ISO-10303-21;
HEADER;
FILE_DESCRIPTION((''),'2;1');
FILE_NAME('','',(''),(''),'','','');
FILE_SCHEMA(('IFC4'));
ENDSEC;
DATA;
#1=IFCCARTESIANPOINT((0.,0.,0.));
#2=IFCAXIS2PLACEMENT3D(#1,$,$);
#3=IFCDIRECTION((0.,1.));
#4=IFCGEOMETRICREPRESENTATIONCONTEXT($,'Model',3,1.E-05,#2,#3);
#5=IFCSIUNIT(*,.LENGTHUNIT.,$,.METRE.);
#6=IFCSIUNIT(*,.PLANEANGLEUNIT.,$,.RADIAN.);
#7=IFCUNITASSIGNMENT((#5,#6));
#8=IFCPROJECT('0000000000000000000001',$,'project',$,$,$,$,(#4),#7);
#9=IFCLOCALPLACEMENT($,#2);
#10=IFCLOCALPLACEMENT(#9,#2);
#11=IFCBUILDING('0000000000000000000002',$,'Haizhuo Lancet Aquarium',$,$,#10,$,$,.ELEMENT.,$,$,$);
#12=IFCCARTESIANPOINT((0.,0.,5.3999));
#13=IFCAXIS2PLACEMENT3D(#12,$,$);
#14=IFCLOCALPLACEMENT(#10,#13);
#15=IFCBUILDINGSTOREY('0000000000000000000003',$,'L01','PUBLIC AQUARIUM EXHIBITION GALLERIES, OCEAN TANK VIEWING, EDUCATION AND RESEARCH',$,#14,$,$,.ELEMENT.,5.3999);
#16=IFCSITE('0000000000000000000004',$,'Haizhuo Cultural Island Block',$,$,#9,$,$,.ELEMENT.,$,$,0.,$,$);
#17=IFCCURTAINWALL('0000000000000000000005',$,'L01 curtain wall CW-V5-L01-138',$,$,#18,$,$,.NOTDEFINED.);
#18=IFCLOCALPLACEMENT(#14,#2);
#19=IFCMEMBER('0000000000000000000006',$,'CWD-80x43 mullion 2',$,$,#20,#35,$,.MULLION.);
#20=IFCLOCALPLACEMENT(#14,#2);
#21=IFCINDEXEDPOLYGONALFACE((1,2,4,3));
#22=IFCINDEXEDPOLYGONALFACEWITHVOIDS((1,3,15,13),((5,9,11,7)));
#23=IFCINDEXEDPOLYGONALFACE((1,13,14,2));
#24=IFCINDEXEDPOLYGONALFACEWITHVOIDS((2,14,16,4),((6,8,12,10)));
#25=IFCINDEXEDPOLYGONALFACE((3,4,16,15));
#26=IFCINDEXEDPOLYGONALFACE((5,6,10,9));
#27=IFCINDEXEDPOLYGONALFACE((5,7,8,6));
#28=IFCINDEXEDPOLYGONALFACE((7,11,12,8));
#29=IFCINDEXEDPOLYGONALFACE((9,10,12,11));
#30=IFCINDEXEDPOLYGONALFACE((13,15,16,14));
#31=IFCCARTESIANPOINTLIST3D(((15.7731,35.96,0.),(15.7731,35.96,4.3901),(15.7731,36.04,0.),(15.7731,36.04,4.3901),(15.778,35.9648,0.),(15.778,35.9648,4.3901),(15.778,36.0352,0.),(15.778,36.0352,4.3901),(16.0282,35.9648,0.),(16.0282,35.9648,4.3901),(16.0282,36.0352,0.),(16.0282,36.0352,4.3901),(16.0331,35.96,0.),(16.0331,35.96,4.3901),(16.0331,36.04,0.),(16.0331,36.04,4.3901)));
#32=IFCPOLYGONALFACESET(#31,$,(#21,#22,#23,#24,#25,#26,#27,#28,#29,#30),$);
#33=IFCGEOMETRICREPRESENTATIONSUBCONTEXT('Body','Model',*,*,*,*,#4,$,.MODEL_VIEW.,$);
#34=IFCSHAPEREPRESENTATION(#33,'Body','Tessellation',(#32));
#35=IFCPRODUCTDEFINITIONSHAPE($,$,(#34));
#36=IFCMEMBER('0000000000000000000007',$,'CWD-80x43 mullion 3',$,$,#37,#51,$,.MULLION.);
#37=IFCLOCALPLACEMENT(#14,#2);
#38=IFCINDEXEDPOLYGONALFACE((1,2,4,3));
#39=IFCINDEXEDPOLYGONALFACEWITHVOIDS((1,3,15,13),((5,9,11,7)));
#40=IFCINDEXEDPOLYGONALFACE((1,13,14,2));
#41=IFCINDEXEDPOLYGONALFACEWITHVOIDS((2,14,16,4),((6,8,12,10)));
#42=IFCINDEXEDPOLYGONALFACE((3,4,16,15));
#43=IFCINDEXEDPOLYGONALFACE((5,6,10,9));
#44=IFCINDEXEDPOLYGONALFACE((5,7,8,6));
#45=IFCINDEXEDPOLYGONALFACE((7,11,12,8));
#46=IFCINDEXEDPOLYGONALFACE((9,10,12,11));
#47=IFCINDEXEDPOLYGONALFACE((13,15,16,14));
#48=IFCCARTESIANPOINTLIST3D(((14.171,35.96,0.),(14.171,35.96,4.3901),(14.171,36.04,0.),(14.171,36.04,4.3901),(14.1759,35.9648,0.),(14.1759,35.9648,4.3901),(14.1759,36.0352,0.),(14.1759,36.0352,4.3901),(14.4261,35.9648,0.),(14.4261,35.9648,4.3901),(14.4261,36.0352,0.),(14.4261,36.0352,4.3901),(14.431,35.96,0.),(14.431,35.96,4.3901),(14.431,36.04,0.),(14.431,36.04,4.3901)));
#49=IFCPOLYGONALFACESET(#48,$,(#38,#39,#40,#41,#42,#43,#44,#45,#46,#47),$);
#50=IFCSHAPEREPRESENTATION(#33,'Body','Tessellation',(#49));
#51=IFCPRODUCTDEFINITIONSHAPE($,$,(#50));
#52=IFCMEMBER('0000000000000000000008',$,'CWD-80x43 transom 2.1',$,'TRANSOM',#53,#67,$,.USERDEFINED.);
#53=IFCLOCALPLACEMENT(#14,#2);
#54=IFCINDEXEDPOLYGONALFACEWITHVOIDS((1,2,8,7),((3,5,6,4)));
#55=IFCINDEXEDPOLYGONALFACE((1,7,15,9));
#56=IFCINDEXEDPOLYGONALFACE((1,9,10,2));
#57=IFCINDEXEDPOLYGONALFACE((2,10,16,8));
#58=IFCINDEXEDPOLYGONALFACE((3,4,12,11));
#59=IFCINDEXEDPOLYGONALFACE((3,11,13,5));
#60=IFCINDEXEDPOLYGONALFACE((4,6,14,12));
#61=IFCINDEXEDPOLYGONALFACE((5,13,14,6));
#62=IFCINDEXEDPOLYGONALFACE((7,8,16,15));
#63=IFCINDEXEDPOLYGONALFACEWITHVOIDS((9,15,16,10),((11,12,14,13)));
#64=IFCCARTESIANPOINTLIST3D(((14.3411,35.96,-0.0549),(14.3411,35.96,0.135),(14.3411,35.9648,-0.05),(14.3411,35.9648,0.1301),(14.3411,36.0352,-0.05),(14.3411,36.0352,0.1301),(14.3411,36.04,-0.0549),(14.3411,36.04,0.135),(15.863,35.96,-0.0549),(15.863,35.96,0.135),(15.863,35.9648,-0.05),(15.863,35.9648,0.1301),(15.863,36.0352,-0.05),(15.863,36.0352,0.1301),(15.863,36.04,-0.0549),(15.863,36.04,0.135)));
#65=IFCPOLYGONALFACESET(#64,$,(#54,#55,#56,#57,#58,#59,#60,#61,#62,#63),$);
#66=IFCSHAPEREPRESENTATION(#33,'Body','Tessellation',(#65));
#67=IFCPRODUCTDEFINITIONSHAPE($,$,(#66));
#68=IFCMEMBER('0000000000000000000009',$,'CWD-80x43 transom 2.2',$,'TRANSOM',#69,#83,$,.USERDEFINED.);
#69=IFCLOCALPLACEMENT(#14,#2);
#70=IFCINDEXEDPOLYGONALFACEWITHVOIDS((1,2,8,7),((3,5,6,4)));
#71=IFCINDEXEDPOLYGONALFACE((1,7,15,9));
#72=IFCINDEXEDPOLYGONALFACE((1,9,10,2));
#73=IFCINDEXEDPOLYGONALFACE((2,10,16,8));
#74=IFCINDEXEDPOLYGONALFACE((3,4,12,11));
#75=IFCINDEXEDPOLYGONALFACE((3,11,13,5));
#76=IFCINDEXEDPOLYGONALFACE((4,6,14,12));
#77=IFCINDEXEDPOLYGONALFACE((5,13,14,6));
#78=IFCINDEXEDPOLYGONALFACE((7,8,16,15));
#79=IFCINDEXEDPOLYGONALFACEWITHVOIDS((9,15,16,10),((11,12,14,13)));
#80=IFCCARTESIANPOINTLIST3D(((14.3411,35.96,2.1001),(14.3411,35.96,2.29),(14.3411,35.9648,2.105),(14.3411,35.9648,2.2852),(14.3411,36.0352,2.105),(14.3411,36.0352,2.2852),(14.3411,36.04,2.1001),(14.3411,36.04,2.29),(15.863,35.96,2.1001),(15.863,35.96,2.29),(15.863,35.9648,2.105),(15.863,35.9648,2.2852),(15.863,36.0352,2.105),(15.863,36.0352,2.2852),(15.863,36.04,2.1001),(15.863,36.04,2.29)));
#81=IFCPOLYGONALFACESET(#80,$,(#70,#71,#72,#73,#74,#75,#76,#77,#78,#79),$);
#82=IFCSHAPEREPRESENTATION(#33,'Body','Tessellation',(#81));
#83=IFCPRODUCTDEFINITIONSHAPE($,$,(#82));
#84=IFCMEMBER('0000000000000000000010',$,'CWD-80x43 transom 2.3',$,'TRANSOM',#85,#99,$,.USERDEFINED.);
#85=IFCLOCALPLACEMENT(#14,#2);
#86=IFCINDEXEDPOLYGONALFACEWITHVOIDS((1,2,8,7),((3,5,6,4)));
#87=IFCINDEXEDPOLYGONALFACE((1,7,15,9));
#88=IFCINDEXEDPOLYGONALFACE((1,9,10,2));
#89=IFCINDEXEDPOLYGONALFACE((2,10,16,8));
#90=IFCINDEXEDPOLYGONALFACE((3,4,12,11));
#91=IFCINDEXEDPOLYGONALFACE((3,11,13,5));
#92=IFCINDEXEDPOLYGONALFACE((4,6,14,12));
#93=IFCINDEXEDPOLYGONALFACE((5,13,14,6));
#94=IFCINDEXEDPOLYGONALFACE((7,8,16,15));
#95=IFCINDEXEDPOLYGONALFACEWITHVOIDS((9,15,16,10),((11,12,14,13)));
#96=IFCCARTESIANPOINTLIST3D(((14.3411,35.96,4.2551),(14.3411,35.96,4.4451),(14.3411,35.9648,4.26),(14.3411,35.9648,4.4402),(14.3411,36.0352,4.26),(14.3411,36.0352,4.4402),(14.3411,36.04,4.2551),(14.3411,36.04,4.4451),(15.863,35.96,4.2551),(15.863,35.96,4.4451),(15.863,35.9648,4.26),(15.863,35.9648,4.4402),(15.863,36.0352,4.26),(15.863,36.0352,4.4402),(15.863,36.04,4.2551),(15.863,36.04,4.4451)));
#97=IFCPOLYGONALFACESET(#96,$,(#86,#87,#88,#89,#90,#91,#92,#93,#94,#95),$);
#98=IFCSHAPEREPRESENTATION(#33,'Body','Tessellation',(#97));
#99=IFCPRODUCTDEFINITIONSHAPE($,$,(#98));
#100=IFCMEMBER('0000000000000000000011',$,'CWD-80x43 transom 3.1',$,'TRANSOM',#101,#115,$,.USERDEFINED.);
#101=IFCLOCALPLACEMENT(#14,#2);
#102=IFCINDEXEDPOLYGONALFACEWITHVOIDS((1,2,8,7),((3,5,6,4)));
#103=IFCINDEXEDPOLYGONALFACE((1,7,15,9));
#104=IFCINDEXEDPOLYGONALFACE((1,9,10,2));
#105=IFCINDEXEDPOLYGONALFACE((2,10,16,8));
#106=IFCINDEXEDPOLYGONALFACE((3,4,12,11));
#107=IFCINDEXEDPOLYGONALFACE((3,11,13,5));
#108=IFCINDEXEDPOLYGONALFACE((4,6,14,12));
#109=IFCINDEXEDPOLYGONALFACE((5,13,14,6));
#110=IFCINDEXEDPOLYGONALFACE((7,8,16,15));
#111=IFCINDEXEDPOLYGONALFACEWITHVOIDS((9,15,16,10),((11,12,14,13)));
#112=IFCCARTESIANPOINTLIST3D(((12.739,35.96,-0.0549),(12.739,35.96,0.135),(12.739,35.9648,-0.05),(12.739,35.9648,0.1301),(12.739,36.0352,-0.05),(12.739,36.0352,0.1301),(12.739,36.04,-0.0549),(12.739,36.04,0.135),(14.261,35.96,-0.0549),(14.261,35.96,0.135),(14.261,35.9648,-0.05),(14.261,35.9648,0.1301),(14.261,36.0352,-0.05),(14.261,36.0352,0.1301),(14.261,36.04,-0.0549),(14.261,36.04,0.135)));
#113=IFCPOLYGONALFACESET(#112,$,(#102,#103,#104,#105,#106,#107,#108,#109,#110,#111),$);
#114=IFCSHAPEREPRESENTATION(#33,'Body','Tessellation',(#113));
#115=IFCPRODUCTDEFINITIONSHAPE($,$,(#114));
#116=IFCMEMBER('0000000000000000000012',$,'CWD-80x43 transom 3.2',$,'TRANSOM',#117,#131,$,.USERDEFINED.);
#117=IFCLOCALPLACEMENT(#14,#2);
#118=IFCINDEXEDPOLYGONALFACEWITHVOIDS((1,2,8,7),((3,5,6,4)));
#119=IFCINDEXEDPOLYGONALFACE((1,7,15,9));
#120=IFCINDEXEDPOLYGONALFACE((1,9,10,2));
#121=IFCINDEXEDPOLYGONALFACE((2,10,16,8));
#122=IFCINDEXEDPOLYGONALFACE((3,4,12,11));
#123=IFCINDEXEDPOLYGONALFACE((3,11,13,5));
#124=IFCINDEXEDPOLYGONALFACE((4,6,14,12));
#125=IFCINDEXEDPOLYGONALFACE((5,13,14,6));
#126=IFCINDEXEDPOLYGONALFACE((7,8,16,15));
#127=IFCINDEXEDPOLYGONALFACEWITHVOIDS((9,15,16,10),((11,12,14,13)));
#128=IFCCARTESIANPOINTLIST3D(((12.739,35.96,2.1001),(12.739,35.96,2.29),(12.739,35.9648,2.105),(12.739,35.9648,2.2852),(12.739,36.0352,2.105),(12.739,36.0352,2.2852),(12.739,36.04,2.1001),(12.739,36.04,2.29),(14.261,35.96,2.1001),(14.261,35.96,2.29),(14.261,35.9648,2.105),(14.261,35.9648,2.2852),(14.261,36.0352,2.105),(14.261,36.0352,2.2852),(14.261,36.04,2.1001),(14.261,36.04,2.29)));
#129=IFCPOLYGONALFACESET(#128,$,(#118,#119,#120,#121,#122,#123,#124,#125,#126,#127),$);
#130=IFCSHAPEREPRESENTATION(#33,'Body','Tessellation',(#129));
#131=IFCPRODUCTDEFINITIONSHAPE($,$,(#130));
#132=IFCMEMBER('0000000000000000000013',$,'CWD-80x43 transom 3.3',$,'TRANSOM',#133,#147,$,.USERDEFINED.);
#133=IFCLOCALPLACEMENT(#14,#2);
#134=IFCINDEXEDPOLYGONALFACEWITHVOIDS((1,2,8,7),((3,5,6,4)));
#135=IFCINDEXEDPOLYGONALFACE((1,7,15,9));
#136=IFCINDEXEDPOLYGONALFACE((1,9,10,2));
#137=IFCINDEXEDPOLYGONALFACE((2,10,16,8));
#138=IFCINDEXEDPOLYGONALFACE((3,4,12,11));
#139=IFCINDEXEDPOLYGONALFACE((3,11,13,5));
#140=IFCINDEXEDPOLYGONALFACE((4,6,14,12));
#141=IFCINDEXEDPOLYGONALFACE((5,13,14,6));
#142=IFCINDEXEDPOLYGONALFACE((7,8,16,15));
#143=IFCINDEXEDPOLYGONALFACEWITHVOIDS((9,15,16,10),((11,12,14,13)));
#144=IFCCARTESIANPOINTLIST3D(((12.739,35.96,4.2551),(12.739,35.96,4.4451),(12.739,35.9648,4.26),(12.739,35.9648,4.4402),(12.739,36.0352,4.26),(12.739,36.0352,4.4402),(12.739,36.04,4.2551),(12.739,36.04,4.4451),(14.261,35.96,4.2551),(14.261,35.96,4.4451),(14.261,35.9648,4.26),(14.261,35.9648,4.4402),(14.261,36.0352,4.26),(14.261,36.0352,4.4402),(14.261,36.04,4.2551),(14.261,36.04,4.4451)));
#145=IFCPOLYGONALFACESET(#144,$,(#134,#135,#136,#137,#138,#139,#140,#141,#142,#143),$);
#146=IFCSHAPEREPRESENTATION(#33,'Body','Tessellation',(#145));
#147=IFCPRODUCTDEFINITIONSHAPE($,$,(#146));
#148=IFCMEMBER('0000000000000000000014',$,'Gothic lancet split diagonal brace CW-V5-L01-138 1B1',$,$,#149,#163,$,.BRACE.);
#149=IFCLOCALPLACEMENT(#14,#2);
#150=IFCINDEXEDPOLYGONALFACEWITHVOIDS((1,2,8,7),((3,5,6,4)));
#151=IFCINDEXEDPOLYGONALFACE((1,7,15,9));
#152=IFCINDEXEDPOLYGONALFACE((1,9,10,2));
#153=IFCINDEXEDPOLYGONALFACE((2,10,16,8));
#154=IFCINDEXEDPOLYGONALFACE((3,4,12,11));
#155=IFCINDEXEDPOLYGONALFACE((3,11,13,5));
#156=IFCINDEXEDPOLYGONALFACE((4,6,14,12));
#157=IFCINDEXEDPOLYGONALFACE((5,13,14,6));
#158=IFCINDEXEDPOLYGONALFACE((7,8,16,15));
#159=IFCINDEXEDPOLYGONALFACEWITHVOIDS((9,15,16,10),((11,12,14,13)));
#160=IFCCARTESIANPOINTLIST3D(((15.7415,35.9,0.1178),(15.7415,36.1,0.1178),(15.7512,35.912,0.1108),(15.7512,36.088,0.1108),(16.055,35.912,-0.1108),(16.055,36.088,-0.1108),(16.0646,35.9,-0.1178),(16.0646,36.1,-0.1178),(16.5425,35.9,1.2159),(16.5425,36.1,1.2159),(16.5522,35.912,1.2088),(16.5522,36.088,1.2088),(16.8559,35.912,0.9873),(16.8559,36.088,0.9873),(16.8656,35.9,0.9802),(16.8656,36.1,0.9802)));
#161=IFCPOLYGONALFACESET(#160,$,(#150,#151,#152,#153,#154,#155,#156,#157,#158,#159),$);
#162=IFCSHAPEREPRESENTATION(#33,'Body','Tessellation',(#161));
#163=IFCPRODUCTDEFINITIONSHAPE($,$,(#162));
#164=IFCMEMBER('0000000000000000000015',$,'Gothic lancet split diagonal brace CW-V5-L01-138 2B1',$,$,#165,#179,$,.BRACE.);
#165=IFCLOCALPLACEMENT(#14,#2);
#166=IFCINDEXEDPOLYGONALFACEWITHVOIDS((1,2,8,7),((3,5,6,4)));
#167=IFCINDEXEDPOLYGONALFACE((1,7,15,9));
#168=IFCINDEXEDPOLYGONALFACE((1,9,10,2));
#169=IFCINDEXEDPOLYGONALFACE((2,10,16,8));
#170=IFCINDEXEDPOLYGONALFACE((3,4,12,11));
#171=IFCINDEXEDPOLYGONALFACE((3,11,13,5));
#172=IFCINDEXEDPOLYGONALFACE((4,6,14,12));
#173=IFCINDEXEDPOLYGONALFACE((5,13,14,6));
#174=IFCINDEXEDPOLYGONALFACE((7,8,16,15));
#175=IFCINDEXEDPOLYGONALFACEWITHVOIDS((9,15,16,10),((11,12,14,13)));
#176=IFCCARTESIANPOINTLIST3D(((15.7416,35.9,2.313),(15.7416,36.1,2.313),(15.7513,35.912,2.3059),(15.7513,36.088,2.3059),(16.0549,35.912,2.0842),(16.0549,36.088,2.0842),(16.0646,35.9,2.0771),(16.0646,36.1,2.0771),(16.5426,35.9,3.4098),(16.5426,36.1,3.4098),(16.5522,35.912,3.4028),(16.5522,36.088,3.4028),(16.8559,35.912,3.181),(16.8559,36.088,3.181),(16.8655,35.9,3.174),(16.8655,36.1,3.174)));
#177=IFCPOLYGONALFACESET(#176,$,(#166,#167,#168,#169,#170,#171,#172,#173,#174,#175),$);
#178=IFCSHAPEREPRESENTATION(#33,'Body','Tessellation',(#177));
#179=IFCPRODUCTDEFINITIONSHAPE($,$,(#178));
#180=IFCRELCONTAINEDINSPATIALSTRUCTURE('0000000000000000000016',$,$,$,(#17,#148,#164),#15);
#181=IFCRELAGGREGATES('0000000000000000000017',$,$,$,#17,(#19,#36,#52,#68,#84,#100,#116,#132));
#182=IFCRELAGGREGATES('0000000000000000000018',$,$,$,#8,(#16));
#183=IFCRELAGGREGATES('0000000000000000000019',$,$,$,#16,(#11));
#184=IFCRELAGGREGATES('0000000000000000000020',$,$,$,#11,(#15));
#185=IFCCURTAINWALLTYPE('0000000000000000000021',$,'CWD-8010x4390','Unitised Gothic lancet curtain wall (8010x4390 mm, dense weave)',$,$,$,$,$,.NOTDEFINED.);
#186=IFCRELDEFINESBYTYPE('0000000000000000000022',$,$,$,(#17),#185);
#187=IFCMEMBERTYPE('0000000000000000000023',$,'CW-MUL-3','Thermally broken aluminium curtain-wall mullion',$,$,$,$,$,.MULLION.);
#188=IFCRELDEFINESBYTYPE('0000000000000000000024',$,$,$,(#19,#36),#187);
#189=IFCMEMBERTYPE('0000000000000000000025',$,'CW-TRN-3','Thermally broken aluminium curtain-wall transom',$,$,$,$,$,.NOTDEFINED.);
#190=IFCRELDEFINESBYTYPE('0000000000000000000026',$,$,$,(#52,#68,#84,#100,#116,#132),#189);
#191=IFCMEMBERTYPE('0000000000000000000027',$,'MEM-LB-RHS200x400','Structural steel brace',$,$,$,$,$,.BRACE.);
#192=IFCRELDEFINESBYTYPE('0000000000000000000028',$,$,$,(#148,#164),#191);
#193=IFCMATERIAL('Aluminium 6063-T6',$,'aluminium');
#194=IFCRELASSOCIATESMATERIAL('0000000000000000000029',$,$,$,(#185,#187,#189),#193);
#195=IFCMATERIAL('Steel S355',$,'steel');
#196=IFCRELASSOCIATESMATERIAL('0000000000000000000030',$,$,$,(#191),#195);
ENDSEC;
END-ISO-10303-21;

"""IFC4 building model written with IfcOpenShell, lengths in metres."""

from ifc_helpers import new_model, si_unit, direction, frame, origin, origin_2d, place, context, subcontext, project, spatial, hollow_rectangle, extrude, material, material_profile, profile_set, type_object, element, aggregate, save


model = new_model("IFC4")

# Units and contexts
model_context = context("Model", 3, precision=1e-05, world=origin(), true_north=direction((0.0, 1.0)))
body_context = subcontext(model_context, "Body", "Model", "MODEL_VIEW")
ifc_project = project(units=[si_unit("LENGTHUNIT", "METRE"), si_unit("PLANEANGLEUNIT", "RADIAN")], contexts=[model_context])

# Site, building, storey
site_placement = place(None, origin())
site = spatial("IfcSite", under=ifc_project, at=site_placement, Name="Haizhuo Cultural Island Block", CompositionType="ELEMENT", RefElevation=0.0)
building_placement = place(site_placement, origin())
building = spatial("IfcBuilding", under=site, at=building_placement, Name="Haizhuo Lancet Aquarium", CompositionType="ELEMENT")
storey_placement = place(building_placement, frame((0.0, 0.0, 5.3999)))
storey = spatial("IfcBuildingStorey", under=building, at=storey_placement, Name="L01", Description="PUBLIC AQUARIUM EXHIBITION GALLERIES, OCEAN TANK VIEWING, EDUCATION AND RESEARCH", CompositionType="ELEMENT", Elevation=5.3999)

# Curtain wall, members
ifc_material_1 = material(Name="Aluminium 6063-T6", Category="aluminium")
curtain_wall_type = type_object("IfcCurtainWallType", Name="CWD-8010x4390", Description="Unitised Gothic lancet curtain wall (8010x4390 mm, dense weave)", PredefinedType="NOTDEFINED", material=ifc_material_1)
curtain_wall_placement = place(storey_placement, origin())
curtain_wall = element("IfcCurtainWall", 1, at=curtain_wall_placement, inside=storey, type_object=curtain_wall_type, Name="L01 curtain wall CW-V5-L01-138", PredefinedType="NOTDEFINED")
ifc_material_profile_1 = material_profile(ifc_material_1, hollow_rectangle(XDim=0.0801, YDim=0.26, WallThickness=0.0049, at=origin_2d()), Name="ALU-M 80x260x5")
ifc_profile_set_1 = profile_set([ifc_material_profile_1], Name="Aluminium 6063-T6")
member_type_1 = type_object("IfcMemberType", Name="CW-MUL-3", Description="Thermally broken aluminium curtain-wall mullion", PredefinedType="MULLION", material=ifc_profile_set_1)
member_1_placement = place(storey_placement, frame((15.9031, 36.0, 0.0), z_axis=(0.0, 0.0, 1.0), x_axis=(0.0, -1.0, 0.0)))
member_1 = element("IfcMember", 2, at=member_1_placement, type_object=member_type_1, Name="CWD-80x43 mullion 2", PredefinedType="MULLION", context=body_context, shape_type="SweptSolid", body=[
    extrude(hollow_rectangle(XDim=0.0801, YDim=0.26, WallThickness=0.0049, at=origin_2d()), origin(), (0.0, 0.0, 1.0), 4.3901),
])
member_2_placement = place(storey_placement, frame((14.301, 36.0, 0.0), z_axis=(0.0, 0.0, 1.0), x_axis=(0.0, -1.0, 0.0)))
member_2 = element("IfcMember", 3, at=member_2_placement, type_object=member_type_1, Name="CWD-80x43 mullion 3", PredefinedType="MULLION", context=body_context, shape_type="SweptSolid", body=[
    extrude(hollow_rectangle(XDim=0.0801, YDim=0.26, WallThickness=0.0049, at=origin_2d()), origin(), (0.0, 0.0, 1.0), 4.3901),
])
ifc_material_profile_2 = material_profile(ifc_material_1, hollow_rectangle(XDim=0.0801, YDim=0.1899, WallThickness=0.0049, at=origin_2d()), Name="ALU-T 80x190x5")
ifc_profile_set_2 = profile_set([ifc_material_profile_2], Name="Aluminium 6063-T6")
member_type_2 = type_object("IfcMemberType", Name="CW-TRN-3", Description="Thermally broken aluminium curtain-wall transom", PredefinedType="NOTDEFINED", material=ifc_profile_set_2)
member_3_placement = place(storey_placement, frame((15.863, 36.0, 0.04), z_axis=(-1.0, 0.0, 0.0), x_axis=(0.0, -1.0, 0.0)))
member_3 = element("IfcMember", 4, at=member_3_placement, type_object=member_type_2, Name="CWD-80x43 transom 2.1", ObjectType="TRANSOM", PredefinedType="USERDEFINED", context=body_context, shape_type="SweptSolid", body=[
    extrude(hollow_rectangle(XDim=0.0801, YDim=0.1899, WallThickness=0.0049, at=origin_2d()), origin(), (0.0, 0.0, 1.0), 1.522),
])
member_4_placement = place(storey_placement, frame((15.863, 36.0, 2.1951), z_axis=(-1.0, 0.0, 0.0), x_axis=(0.0, -1.0, 0.0)))
member_4 = element("IfcMember", 5, at=member_4_placement, type_object=member_type_2, Name="CWD-80x43 transom 2.2", ObjectType="TRANSOM", PredefinedType="USERDEFINED", context=body_context, shape_type="SweptSolid", body=[
    extrude(hollow_rectangle(XDim=0.0801, YDim=0.1899, WallThickness=0.0049, at=origin_2d()), origin(), (0.0, 0.0, 1.0), 1.522),
])
member_5_placement = place(storey_placement, frame((15.863, 36.0, 4.3501), z_axis=(-1.0, 0.0, 0.0), x_axis=(0.0, -1.0, 0.0)))
member_5 = element("IfcMember", 6, at=member_5_placement, type_object=member_type_2, Name="CWD-80x43 transom 2.3", ObjectType="TRANSOM", PredefinedType="USERDEFINED", context=body_context, shape_type="SweptSolid", body=[
    extrude(hollow_rectangle(XDim=0.0801, YDim=0.1899, WallThickness=0.0049, at=origin_2d()), origin(), (0.0, 0.0, 1.0), 1.522),
])
member_6_placement = place(storey_placement, frame((14.261, 36.0, 0.04), z_axis=(-1.0, 0.0, 0.0), x_axis=(0.0, -1.0, 0.0)))
member_6 = element("IfcMember", 7, at=member_6_placement, type_object=member_type_2, Name="CWD-80x43 transom 3.1", ObjectType="TRANSOM", PredefinedType="USERDEFINED", context=body_context, shape_type="SweptSolid", body=[
    extrude(hollow_rectangle(XDim=0.0801, YDim=0.1899, WallThickness=0.0049, at=origin_2d()), origin(), (0.0, 0.0, 1.0), 1.522),
])
member_7_placement = place(storey_placement, frame((14.261, 36.0, 2.1951), z_axis=(-1.0, 0.0, 0.0), x_axis=(0.0, -1.0, 0.0)))
member_7 = element("IfcMember", 8, at=member_7_placement, type_object=member_type_2, Name="CWD-80x43 transom 3.2", ObjectType="TRANSOM", PredefinedType="USERDEFINED", context=body_context, shape_type="SweptSolid", body=[
    extrude(hollow_rectangle(XDim=0.0801, YDim=0.1899, WallThickness=0.0049, at=origin_2d()), origin(), (0.0, 0.0, 1.0), 1.522),
])
member_8_placement = place(storey_placement, frame((14.261, 36.0, 4.3501), z_axis=(-1.0, 0.0, 0.0), x_axis=(0.0, -1.0, 0.0)))
member_8 = element("IfcMember", 9, at=member_8_placement, type_object=member_type_2, Name="CWD-80x43 transom 3.3", ObjectType="TRANSOM", PredefinedType="USERDEFINED", context=body_context, shape_type="SweptSolid", body=[
    extrude(hollow_rectangle(XDim=0.0801, YDim=0.1899, WallThickness=0.0049, at=origin_2d()), origin(), (0.0, 0.0, 1.0), 1.522),
])

# Members
ifc_material_2 = material(Name="Steel S355", Category="steel")
ifc_material_profile_3 = material_profile(ifc_material_2, hollow_rectangle(XDim=0.2, YDim=0.3999, WallThickness=0.012, at=origin_2d()), Name="RHS 200x400x12")
ifc_profile_set_3 = profile_set([ifc_material_profile_3], Name="Steel S355")
member_type_3 = type_object("IfcMemberType", Name="MEM-LB-RHS200x400", Description="Structural steel brace", PredefinedType="BRACE", material=ifc_profile_set_3)
member_9_placement = place(storey_placement, frame((15.9031, 36.0, 0.0), z_axis=(0.589314, 0.0, 0.807904), x_axis=(0.0, 1.0, 0.0)))
element("IfcMember", 10, at=member_9_placement, inside=storey, type_object=member_type_3, Name="Gothic lancet split diagonal brace CW-V5-L01-138 1B1", PredefinedType="BRACE", context=body_context, shape_type="SweptSolid", body=[
    extrude(hollow_rectangle(XDim=0.2, YDim=0.3999, WallThickness=0.012, at=origin_2d()), origin(), (0.0, 0.0, 1.0), 1.3591),
])
member_10_placement = place(storey_placement, frame((15.9031, 36.0, 2.1951), z_axis=(0.589742, 0.0, 0.807592), x_axis=(0.0, 1.0, 0.0)))
element("IfcMember", 11, at=member_10_placement, inside=storey, type_object=member_type_3, Name="Gothic lancet split diagonal brace CW-V5-L01-138 2B1", PredefinedType="BRACE", context=body_context, shape_type="SweptSolid", body=[
    extrude(hollow_rectangle(XDim=0.2, YDim=0.3999, WallThickness=0.012, at=origin_2d()), origin(), (0.0, 0.0, 1.0), 1.3582),
])

aggregate(curtain_wall, [member_1, member_2, member_3, member_4, member_5, member_6, member_7, member_8])

save(model, "model.ifc")
